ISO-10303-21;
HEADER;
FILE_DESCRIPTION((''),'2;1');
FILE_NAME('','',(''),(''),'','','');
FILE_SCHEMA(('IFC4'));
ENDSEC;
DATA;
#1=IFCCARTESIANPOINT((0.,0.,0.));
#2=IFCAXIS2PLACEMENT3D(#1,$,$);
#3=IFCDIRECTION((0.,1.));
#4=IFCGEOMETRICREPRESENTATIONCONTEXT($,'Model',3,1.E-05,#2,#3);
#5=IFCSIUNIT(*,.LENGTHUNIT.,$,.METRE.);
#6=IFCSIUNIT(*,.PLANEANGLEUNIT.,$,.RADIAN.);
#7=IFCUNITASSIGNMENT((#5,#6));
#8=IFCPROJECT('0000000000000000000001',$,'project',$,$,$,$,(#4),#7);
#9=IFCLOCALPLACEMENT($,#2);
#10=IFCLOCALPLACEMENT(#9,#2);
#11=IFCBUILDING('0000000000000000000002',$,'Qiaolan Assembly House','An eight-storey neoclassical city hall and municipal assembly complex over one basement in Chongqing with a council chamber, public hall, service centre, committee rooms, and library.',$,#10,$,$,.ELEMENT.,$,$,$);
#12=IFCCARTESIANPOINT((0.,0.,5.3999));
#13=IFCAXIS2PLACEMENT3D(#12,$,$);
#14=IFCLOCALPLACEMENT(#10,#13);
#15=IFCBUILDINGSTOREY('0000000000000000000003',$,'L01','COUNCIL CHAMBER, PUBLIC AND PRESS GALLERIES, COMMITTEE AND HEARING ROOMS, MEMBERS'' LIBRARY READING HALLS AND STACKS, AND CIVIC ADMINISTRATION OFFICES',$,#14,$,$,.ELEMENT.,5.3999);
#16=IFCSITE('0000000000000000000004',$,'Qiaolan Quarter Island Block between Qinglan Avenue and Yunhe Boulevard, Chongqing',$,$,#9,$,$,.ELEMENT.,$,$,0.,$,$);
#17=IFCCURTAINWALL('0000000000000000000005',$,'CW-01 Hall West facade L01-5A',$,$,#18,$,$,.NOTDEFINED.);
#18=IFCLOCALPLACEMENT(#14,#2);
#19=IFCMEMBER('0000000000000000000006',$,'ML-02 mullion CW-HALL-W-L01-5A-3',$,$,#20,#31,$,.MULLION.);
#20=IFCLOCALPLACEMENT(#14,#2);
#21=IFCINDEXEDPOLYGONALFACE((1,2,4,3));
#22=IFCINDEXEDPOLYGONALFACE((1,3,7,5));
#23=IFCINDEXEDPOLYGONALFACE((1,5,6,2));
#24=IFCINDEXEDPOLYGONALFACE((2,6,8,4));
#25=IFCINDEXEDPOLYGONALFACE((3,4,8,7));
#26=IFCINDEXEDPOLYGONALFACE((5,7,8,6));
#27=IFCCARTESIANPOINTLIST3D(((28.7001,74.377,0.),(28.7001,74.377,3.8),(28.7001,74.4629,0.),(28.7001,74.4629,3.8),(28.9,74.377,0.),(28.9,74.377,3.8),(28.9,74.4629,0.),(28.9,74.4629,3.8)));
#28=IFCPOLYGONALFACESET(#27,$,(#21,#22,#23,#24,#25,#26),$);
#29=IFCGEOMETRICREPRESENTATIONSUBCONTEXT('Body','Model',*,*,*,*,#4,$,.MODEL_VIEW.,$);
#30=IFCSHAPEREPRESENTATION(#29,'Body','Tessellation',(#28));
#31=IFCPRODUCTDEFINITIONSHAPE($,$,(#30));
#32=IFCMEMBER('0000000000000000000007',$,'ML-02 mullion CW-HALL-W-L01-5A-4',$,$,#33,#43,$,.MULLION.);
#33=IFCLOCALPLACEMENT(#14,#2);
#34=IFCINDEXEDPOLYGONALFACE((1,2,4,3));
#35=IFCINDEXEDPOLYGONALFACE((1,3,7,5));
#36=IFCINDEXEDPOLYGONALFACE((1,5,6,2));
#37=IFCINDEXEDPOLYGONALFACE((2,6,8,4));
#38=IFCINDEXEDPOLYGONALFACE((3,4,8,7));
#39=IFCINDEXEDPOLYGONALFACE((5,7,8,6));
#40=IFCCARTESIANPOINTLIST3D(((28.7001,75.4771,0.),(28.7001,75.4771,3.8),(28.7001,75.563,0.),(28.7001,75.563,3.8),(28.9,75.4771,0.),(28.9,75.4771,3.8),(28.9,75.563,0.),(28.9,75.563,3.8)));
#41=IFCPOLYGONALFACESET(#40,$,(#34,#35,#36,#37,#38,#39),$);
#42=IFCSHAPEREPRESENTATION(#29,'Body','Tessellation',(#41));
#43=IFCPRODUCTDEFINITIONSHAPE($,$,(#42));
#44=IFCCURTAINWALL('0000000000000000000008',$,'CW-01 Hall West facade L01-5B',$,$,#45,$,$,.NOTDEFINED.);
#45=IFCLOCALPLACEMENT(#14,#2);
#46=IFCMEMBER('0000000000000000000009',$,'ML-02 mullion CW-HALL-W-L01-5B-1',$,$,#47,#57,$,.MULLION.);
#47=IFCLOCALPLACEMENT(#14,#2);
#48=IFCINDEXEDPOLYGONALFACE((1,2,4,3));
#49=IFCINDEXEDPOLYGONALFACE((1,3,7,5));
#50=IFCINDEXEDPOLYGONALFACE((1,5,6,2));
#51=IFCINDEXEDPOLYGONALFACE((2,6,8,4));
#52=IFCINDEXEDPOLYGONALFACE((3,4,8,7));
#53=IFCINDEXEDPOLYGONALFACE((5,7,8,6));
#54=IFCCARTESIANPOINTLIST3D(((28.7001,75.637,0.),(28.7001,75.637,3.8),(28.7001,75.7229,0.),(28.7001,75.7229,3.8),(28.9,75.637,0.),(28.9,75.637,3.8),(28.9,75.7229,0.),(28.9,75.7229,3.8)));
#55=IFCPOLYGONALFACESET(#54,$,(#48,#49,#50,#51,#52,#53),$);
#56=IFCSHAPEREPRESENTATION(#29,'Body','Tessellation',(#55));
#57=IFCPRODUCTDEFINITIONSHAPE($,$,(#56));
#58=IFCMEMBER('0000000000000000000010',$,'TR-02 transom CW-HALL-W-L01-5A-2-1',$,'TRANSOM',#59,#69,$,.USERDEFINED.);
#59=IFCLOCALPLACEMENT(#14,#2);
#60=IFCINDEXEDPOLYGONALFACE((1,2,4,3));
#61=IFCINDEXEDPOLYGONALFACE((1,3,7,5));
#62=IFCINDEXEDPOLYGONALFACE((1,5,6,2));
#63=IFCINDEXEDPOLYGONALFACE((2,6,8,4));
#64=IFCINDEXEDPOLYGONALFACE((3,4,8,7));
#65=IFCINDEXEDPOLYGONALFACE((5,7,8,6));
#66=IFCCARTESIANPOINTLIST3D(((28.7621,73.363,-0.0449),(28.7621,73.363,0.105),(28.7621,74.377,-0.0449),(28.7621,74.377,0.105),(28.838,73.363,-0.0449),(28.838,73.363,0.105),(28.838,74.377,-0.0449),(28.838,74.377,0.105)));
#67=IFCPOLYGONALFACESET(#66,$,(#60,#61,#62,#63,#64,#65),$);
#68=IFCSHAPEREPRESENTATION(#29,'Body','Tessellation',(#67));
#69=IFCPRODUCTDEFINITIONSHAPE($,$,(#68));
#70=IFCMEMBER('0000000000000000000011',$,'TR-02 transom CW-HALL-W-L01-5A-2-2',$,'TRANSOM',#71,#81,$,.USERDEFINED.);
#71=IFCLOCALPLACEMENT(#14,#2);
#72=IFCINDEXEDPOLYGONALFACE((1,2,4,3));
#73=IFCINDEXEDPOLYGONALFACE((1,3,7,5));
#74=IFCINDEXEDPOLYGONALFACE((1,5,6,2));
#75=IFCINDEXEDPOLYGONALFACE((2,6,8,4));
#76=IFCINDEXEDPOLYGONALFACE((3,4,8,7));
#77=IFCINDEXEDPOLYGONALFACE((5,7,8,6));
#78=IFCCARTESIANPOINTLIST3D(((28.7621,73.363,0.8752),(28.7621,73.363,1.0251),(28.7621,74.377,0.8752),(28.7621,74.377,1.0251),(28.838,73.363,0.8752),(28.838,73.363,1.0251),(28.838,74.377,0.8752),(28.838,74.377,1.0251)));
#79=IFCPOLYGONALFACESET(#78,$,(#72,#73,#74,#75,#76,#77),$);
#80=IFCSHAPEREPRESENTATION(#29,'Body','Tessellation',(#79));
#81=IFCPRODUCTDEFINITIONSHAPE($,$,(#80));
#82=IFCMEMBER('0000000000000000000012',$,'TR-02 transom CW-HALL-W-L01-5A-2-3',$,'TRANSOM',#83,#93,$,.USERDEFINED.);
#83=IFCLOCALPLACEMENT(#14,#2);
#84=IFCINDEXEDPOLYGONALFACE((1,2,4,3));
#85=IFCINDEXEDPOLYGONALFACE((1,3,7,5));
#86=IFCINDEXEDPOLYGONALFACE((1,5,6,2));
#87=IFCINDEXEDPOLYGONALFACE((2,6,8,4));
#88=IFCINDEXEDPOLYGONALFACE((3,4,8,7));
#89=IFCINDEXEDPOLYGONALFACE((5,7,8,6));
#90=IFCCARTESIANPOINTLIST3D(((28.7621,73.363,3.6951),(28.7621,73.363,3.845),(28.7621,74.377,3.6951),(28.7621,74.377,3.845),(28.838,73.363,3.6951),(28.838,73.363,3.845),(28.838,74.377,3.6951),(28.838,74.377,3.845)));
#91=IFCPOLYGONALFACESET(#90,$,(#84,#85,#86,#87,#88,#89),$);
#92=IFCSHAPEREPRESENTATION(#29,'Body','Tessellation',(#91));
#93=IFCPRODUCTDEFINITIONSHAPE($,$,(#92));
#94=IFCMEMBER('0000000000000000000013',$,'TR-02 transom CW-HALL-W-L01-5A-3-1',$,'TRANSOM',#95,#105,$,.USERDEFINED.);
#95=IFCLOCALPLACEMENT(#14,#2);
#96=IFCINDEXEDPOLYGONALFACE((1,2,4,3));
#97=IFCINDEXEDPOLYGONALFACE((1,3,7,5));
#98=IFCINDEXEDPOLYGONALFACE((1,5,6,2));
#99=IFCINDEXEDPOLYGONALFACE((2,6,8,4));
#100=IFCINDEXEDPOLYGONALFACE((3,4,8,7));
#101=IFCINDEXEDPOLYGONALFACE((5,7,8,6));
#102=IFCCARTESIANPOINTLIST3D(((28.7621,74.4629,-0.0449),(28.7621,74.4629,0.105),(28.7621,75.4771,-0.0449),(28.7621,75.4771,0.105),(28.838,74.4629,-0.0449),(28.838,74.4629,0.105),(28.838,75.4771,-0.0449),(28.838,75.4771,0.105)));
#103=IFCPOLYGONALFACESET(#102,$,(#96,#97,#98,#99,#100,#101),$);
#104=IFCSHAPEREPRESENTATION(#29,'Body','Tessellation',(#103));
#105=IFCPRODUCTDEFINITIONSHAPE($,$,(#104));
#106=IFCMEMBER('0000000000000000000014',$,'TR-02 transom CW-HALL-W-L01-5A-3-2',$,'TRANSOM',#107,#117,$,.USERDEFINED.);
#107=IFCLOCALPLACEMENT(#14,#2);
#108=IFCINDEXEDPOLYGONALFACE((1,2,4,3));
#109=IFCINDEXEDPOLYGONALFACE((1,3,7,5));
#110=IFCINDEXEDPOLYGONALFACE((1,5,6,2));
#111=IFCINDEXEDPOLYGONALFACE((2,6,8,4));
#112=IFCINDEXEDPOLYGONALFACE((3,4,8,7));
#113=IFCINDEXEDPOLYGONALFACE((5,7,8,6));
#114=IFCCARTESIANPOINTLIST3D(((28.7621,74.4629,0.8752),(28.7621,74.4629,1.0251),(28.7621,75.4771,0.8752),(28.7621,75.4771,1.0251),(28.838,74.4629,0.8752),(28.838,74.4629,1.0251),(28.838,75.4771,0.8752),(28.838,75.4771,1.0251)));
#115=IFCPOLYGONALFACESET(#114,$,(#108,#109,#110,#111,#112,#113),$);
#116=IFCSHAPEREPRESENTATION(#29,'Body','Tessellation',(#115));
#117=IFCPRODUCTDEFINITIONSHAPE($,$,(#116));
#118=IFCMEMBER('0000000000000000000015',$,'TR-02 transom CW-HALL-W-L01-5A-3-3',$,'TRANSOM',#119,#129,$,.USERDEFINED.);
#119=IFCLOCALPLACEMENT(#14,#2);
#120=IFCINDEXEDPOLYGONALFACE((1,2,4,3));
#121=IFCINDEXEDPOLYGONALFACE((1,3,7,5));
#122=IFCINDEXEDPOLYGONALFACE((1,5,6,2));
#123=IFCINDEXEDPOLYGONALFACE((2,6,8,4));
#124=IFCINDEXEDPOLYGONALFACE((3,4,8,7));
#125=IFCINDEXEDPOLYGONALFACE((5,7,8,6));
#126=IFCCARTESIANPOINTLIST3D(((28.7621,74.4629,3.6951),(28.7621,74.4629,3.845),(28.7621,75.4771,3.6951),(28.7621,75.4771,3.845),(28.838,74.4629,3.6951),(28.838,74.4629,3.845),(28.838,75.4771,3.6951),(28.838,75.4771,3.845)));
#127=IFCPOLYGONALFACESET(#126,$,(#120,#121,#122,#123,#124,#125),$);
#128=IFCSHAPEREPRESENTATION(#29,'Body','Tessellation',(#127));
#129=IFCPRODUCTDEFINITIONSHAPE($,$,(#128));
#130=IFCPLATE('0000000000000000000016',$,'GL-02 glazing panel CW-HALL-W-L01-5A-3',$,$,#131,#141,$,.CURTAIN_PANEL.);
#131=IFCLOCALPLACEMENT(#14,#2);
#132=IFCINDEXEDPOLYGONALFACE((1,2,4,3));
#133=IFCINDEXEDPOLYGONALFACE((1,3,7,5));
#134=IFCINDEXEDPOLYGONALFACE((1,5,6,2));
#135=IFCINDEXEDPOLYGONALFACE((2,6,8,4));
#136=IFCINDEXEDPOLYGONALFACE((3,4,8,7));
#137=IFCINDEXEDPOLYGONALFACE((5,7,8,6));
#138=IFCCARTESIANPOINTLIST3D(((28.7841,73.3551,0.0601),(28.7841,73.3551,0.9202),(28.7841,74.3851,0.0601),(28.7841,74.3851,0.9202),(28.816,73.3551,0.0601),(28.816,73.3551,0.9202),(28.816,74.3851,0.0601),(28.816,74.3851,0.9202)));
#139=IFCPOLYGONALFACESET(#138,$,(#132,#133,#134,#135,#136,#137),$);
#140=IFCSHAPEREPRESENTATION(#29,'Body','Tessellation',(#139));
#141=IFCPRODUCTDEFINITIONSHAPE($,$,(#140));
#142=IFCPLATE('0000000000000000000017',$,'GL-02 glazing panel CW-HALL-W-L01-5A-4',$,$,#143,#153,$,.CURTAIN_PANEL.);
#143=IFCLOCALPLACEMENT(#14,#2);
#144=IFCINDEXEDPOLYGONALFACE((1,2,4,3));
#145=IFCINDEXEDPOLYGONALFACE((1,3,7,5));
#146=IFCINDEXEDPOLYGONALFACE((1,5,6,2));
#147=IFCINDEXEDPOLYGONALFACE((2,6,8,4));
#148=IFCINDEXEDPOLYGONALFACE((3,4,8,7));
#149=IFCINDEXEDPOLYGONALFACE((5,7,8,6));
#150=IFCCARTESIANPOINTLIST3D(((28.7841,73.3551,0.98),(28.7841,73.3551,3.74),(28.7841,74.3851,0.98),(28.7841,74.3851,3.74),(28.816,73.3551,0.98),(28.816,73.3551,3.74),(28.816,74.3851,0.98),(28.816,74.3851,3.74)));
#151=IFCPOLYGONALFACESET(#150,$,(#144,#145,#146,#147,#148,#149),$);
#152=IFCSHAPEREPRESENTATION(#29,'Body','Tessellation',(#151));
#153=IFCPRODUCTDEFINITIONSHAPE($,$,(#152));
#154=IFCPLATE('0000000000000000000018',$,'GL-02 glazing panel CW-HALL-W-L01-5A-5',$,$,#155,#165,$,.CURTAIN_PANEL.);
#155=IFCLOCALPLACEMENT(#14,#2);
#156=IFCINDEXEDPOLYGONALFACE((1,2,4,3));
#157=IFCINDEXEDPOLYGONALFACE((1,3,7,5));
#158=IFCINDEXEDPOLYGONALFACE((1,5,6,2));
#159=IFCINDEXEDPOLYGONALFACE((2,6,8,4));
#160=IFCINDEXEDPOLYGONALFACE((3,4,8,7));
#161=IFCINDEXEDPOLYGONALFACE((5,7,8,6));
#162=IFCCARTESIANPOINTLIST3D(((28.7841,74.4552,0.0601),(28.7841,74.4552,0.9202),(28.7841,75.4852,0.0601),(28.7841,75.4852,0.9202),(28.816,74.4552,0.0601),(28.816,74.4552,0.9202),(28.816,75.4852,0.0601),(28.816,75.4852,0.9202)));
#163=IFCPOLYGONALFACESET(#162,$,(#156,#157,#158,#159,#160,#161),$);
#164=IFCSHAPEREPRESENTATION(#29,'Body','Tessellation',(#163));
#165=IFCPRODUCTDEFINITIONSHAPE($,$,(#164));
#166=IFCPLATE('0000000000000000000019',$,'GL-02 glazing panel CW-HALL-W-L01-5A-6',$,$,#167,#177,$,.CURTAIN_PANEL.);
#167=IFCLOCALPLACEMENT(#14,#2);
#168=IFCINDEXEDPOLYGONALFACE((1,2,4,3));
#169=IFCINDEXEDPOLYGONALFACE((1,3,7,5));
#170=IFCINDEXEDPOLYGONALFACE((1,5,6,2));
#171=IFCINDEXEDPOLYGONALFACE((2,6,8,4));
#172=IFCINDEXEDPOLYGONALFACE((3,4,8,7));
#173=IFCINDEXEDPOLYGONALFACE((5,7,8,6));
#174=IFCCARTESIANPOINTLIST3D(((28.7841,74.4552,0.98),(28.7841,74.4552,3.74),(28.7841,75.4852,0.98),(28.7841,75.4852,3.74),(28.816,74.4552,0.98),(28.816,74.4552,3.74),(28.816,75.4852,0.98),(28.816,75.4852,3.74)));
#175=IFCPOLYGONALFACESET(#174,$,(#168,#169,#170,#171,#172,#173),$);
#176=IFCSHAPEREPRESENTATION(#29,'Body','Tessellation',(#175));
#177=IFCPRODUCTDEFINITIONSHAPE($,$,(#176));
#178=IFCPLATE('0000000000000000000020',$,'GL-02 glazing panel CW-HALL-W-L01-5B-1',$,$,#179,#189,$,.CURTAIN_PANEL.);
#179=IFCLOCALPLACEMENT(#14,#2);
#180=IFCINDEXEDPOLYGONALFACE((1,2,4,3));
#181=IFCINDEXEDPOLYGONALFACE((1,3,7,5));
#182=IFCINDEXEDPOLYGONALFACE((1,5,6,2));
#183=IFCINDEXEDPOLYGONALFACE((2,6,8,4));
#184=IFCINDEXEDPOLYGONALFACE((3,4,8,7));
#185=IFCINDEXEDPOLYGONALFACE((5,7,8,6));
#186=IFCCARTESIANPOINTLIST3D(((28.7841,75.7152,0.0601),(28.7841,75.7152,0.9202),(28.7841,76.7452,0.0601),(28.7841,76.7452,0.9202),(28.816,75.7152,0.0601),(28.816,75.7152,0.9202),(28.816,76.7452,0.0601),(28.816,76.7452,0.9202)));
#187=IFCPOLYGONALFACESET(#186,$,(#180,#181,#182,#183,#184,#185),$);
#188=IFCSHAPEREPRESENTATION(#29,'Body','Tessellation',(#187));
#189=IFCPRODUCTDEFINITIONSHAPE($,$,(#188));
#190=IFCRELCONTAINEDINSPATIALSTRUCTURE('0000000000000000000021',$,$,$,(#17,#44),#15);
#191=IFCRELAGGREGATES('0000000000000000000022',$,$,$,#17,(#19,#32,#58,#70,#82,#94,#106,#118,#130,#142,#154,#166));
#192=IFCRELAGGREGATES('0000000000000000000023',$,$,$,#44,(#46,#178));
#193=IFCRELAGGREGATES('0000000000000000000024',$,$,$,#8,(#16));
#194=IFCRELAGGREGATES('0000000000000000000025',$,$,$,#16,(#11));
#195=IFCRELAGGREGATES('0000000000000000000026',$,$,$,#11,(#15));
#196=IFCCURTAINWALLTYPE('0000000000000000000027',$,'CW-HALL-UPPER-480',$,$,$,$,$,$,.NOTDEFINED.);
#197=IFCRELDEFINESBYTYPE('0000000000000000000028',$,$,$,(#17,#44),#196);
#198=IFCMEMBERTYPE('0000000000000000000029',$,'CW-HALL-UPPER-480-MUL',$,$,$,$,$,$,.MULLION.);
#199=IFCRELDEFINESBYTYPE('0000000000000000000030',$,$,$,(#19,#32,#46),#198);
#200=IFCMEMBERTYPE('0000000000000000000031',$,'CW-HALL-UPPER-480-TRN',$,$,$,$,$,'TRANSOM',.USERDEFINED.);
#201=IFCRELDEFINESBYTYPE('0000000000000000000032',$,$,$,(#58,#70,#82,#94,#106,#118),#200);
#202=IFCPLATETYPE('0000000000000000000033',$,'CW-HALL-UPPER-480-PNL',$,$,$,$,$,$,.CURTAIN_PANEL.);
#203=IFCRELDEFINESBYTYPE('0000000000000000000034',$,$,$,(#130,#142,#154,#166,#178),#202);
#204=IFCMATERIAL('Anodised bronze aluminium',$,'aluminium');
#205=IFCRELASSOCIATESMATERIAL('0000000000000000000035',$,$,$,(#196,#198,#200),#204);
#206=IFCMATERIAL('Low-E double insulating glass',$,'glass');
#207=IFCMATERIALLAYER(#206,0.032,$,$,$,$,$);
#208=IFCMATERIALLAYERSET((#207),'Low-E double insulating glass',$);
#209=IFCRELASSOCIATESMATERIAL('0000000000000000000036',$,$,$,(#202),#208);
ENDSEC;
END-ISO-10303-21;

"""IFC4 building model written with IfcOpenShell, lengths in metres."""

from ifc_helpers import new_model, si_unit, direction, frame, frame_2d, origin, origin_2d, place, context, subcontext, project, spatial, rectangle, extrude, material, layer, layer_set, material_profile, profile_set, type_object, element, aggregate, save


model = new_model("IFC4")

# Units and contexts
model_context = context("Model", 3, precision=1e-05, world=origin(), true_north=direction((0.0, 1.0)))
body_context = subcontext(model_context, "Body", "Model", "MODEL_VIEW")
ifc_project = project(units=[si_unit("LENGTHUNIT", "METRE"), si_unit("PLANEANGLEUNIT", "RADIAN")], contexts=[model_context])

# Site, building, storey
site_placement = place(None, origin())
site = spatial("IfcSite", under=ifc_project, at=site_placement, Name="Qiaolan Quarter Island Block between Qinglan Avenue and Yunhe Boulevard, Chongqing", CompositionType="ELEMENT", RefElevation=0.0)
building_placement = place(site_placement, origin())
building = spatial("IfcBuilding", under=site, at=building_placement, Name="Qiaolan Assembly House", Description="An eight-storey neoclassical city hall and municipal assembly complex over one basement in Chongqing with a council chamber, public hall, service centre, committee rooms, and library.", CompositionType="ELEMENT")
storey_placement = place(building_placement, frame((0.0, 0.0, 5.3999)))
storey = spatial("IfcBuildingStorey", under=building, at=storey_placement, Name="L01", Description="COUNCIL CHAMBER, PUBLIC AND PRESS GALLERIES, COMMITTEE AND HEARING ROOMS, MEMBERS' LIBRARY READING HALLS AND STACKS, AND CIVIC ADMINISTRATION OFFICES", CompositionType="ELEMENT", Elevation=5.3999)

# Curtain wall, members
ifc_material_1 = material(Name="Anodised bronze aluminium", Category="aluminium")
curtain_wall_type = type_object("IfcCurtainWallType", Name="CW-HALL-UPPER-480", PredefinedType="NOTDEFINED", material=ifc_material_1)
curtain_wall_1_placement = place(storey_placement, origin())
curtain_wall_1 = element("IfcCurtainWall", 1, at=curtain_wall_1_placement, inside=storey, type_object=curtain_wall_type, Name="CW-01 Hall West facade L01-5A", PredefinedType="NOTDEFINED")
ifc_material_profile_1 = material_profile(ifc_material_1, rectangle(XDim=0.0859, YDim=0.2, at=origin_2d()), Name="MUL 86x200")
ifc_profile_set_1 = profile_set([ifc_material_profile_1], Name="Anodised bronze aluminium")
member_type_1 = type_object("IfcMemberType", Name="CW-HALL-UPPER-480-MUL", PredefinedType="MULLION", material=ifc_profile_set_1)
member_1_placement = place(storey_placement, frame((28.8, 74.4199, 0.0), z_axis=(0.0, 0.0, 1.0), x_axis=(0.0, 1.0, 0.0)))
member_1 = element("IfcMember", 2, at=member_1_placement, type_object=member_type_1, Name="ML-02 mullion CW-HALL-W-L01-5A-3", PredefinedType="MULLION", context=body_context, shape_type="SweptSolid", body=[
    extrude(rectangle(XDim=0.0859, YDim=0.2, at=origin_2d()), origin(), (0.0, 0.0, 1.0), 3.8),
])
member_2_placement = place(storey_placement, frame((28.8, 75.52, 0.0), z_axis=(0.0, 0.0, 1.0), x_axis=(0.0, 1.0, 0.0)))
member_2 = element("IfcMember", 3, at=member_2_placement, type_object=member_type_1, Name="ML-02 mullion CW-HALL-W-L01-5A-4", PredefinedType="MULLION", context=body_context, shape_type="SweptSolid", body=[
    extrude(rectangle(XDim=0.0859, YDim=0.2, at=origin_2d()), origin(), (0.0, 0.0, 1.0), 3.8),
])

# Curtain wall, member
curtain_wall_2_placement = place(storey_placement, origin())
curtain_wall_2 = element("IfcCurtainWall", 4, at=curtain_wall_2_placement, inside=storey, type_object=curtain_wall_type, Name="CW-01 Hall West facade L01-5B", PredefinedType="NOTDEFINED")
member_3_placement = place(storey_placement, frame((28.8, 75.6799, 0.0), z_axis=(0.0, 0.0, 1.0), x_axis=(0.0, 1.0, 0.0)))
member_3 = element("IfcMember", 5, at=member_3_placement, type_object=member_type_1, Name="ML-02 mullion CW-HALL-W-L01-5B-1", PredefinedType="MULLION", context=body_context, shape_type="SweptSolid", body=[
    extrude(rectangle(XDim=0.0859, YDim=0.2, at=origin_2d()), origin(), (0.0, 0.0, 1.0), 3.8),
])

# Members
ifc_material_profile_2 = material_profile(ifc_material_1, rectangle(XDim=0.0759, YDim=0.1499, at=origin_2d()), Name="TRN 76x150")
ifc_profile_set_2 = profile_set([ifc_material_profile_2], Name="Anodised bronze aluminium")
member_type_2 = type_object("IfcMemberType", Name="CW-HALL-UPPER-480-TRN", ElementType="TRANSOM", PredefinedType="USERDEFINED", material=ifc_profile_set_2)
member_4_placement = place(storey_placement, frame((28.8, 73.363, 0.03), z_axis=(0.0, 1.0, 0.0), x_axis=(-1.0, 0.0, 0.0)))
member_4 = element("IfcMember", 6, at=member_4_placement, type_object=member_type_2, Name="TR-02 transom CW-HALL-W-L01-5A-2-1", ObjectType="TRANSOM", PredefinedType="USERDEFINED", context=body_context, shape_type="SweptSolid", body=[
    extrude(rectangle(XDim=0.0759, YDim=0.1499, at=origin_2d()), origin(), (0.0, 0.0, 1.0), 1.0139),
])
member_5_placement = place(storey_placement, frame((28.8, 73.363, 0.9502), z_axis=(0.0, 1.0, 0.0), x_axis=(-1.0, 0.0, 0.0)))
member_5 = element("IfcMember", 7, at=member_5_placement, type_object=member_type_2, Name="TR-02 transom CW-HALL-W-L01-5A-2-2", ObjectType="TRANSOM", PredefinedType="USERDEFINED", context=body_context, shape_type="SweptSolid", body=[
    extrude(rectangle(XDim=0.0759, YDim=0.1499, at=origin_2d()), origin(), (0.0, 0.0, 1.0), 1.0139),
])
member_6_placement = place(storey_placement, frame((28.8, 73.363, 3.77), z_axis=(0.0, 1.0, 0.0), x_axis=(-1.0, 0.0, 0.0)))
member_6 = element("IfcMember", 8, at=member_6_placement, type_object=member_type_2, Name="TR-02 transom CW-HALL-W-L01-5A-2-3", ObjectType="TRANSOM", PredefinedType="USERDEFINED", context=body_context, shape_type="SweptSolid", body=[
    extrude(rectangle(XDim=0.0759, YDim=0.1499, at=origin_2d()), origin(), (0.0, 0.0, 1.0), 1.0139),
])
member_7_placement = place(storey_placement, frame((28.8, 74.4629, 0.03), z_axis=(0.0, 1.0, 0.0), x_axis=(-1.0, 0.0, 0.0)))
member_7 = element("IfcMember", 9, at=member_7_placement, type_object=member_type_2, Name="TR-02 transom CW-HALL-W-L01-5A-3-1", ObjectType="TRANSOM", PredefinedType="USERDEFINED", context=body_context, shape_type="SweptSolid", body=[
    extrude(rectangle(XDim=0.0759, YDim=0.1499, at=origin_2d()), origin(), (0.0, 0.0, 1.0), 1.0142),
])
member_8_placement = place(storey_placement, frame((28.8, 74.4629, 0.9502), z_axis=(0.0, 1.0, 0.0), x_axis=(-1.0, 0.0, 0.0)))
member_8 = element("IfcMember", 10, at=member_8_placement, type_object=member_type_2, Name="TR-02 transom CW-HALL-W-L01-5A-3-2", ObjectType="TRANSOM", PredefinedType="USERDEFINED", context=body_context, shape_type="SweptSolid", body=[
    extrude(rectangle(XDim=0.0759, YDim=0.1499, at=origin_2d()), origin(), (0.0, 0.0, 1.0), 1.0142),
])
member_9_placement = place(storey_placement, frame((28.8, 74.4629, 3.77), z_axis=(0.0, 1.0, 0.0), x_axis=(-1.0, 0.0, 0.0)))
member_9 = element("IfcMember", 11, at=member_9_placement, type_object=member_type_2, Name="TR-02 transom CW-HALL-W-L01-5A-3-3", ObjectType="TRANSOM", PredefinedType="USERDEFINED", context=body_context, shape_type="SweptSolid", body=[
    extrude(rectangle(XDim=0.0759, YDim=0.1499, at=origin_2d()), origin(), (0.0, 0.0, 1.0), 1.0142),
])

# Plates
ifc_material_2 = material(Name="Low-E double insulating glass", Category="glass")
ifc_layer = layer(ifc_material_2, 0.032)
ifc_layer_set = layer_set([ifc_layer], Name="Low-E double insulating glass")
plate_type = type_object("IfcPlateType", Name="CW-HALL-UPPER-480-PNL", PredefinedType="CURTAIN_PANEL", material=ifc_layer_set)
plate_1_placement = place(storey_placement, frame((28.8, 73.355, 0.0601), z_axis=(0.0, 0.0, 1.0), x_axis=(0.0, 1.0, 0.0)))
plate_1 = element("IfcPlate", 12, at=plate_1_placement, type_object=plate_type, Name="GL-02 glazing panel CW-HALL-W-L01-5A-3", PredefinedType="CURTAIN_PANEL", context=body_context, shape_type="SweptSolid", body=[
    extrude(rectangle(XDim=1.03, YDim=0.032, at=frame_2d((0.5151, 0.0))), origin(), (0.0, 0.0, 1.0), 0.8601),
])
plate_2_placement = place(storey_placement, frame((28.8, 73.355, 0.98), z_axis=(0.0, 0.0, 1.0), x_axis=(0.0, 1.0, 0.0)))
plate_2 = element("IfcPlate", 13, at=plate_2_placement, type_object=plate_type, Name="GL-02 glazing panel CW-HALL-W-L01-5A-4", PredefinedType="CURTAIN_PANEL", context=body_context, shape_type="SweptSolid", body=[
    extrude(rectangle(XDim=1.03, YDim=0.032, at=frame_2d((0.5151, 0.0))), origin(), (0.0, 0.0, 1.0), 2.76),
])
plate_3_placement = place(storey_placement, frame((28.8, 74.4551, 0.0601), z_axis=(0.0, 0.0, 1.0), x_axis=(0.0, 1.0, 0.0)))
plate_3 = element("IfcPlate", 14, at=plate_3_placement, type_object=plate_type, Name="GL-02 glazing panel CW-HALL-W-L01-5A-5", PredefinedType="CURTAIN_PANEL", context=body_context, shape_type="SweptSolid", body=[
    extrude(rectangle(XDim=1.03, YDim=0.032, at=frame_2d((0.5151, 0.0))), origin(), (0.0, 0.0, 1.0), 0.8601),
])
plate_4_placement = place(storey_placement, frame((28.8, 74.4551, 0.98), z_axis=(0.0, 0.0, 1.0), x_axis=(0.0, 1.0, 0.0)))
plate_4 = element("IfcPlate", 15, at=plate_4_placement, type_object=plate_type, Name="GL-02 glazing panel CW-HALL-W-L01-5A-6", PredefinedType="CURTAIN_PANEL", context=body_context, shape_type="SweptSolid", body=[
    extrude(rectangle(XDim=1.03, YDim=0.032, at=frame_2d((0.5151, 0.0))), origin(), (0.0, 0.0, 1.0), 2.76),
])
aggregate(curtain_wall_1, [member_1, member_2, member_4, member_5, member_6, member_7, member_8, member_9, plate_1, plate_2, plate_3, plate_4])
plate_5_placement = place(storey_placement, frame((28.8, 75.7151, 0.0601), z_axis=(0.0, 0.0, 1.0), x_axis=(0.0, 1.0, 0.0)))
plate_5 = element("IfcPlate", 16, at=plate_5_placement, type_object=plate_type, Name="GL-02 glazing panel CW-HALL-W-L01-5B-1", PredefinedType="CURTAIN_PANEL", context=body_context, shape_type="SweptSolid", body=[
    extrude(rectangle(XDim=1.03, YDim=0.032, at=frame_2d((0.5151, 0.0))), origin(), (0.0, 0.0, 1.0), 0.8601),
])
aggregate(curtain_wall_2, [member_3, plate_5])

save(model, "model.ifc")
